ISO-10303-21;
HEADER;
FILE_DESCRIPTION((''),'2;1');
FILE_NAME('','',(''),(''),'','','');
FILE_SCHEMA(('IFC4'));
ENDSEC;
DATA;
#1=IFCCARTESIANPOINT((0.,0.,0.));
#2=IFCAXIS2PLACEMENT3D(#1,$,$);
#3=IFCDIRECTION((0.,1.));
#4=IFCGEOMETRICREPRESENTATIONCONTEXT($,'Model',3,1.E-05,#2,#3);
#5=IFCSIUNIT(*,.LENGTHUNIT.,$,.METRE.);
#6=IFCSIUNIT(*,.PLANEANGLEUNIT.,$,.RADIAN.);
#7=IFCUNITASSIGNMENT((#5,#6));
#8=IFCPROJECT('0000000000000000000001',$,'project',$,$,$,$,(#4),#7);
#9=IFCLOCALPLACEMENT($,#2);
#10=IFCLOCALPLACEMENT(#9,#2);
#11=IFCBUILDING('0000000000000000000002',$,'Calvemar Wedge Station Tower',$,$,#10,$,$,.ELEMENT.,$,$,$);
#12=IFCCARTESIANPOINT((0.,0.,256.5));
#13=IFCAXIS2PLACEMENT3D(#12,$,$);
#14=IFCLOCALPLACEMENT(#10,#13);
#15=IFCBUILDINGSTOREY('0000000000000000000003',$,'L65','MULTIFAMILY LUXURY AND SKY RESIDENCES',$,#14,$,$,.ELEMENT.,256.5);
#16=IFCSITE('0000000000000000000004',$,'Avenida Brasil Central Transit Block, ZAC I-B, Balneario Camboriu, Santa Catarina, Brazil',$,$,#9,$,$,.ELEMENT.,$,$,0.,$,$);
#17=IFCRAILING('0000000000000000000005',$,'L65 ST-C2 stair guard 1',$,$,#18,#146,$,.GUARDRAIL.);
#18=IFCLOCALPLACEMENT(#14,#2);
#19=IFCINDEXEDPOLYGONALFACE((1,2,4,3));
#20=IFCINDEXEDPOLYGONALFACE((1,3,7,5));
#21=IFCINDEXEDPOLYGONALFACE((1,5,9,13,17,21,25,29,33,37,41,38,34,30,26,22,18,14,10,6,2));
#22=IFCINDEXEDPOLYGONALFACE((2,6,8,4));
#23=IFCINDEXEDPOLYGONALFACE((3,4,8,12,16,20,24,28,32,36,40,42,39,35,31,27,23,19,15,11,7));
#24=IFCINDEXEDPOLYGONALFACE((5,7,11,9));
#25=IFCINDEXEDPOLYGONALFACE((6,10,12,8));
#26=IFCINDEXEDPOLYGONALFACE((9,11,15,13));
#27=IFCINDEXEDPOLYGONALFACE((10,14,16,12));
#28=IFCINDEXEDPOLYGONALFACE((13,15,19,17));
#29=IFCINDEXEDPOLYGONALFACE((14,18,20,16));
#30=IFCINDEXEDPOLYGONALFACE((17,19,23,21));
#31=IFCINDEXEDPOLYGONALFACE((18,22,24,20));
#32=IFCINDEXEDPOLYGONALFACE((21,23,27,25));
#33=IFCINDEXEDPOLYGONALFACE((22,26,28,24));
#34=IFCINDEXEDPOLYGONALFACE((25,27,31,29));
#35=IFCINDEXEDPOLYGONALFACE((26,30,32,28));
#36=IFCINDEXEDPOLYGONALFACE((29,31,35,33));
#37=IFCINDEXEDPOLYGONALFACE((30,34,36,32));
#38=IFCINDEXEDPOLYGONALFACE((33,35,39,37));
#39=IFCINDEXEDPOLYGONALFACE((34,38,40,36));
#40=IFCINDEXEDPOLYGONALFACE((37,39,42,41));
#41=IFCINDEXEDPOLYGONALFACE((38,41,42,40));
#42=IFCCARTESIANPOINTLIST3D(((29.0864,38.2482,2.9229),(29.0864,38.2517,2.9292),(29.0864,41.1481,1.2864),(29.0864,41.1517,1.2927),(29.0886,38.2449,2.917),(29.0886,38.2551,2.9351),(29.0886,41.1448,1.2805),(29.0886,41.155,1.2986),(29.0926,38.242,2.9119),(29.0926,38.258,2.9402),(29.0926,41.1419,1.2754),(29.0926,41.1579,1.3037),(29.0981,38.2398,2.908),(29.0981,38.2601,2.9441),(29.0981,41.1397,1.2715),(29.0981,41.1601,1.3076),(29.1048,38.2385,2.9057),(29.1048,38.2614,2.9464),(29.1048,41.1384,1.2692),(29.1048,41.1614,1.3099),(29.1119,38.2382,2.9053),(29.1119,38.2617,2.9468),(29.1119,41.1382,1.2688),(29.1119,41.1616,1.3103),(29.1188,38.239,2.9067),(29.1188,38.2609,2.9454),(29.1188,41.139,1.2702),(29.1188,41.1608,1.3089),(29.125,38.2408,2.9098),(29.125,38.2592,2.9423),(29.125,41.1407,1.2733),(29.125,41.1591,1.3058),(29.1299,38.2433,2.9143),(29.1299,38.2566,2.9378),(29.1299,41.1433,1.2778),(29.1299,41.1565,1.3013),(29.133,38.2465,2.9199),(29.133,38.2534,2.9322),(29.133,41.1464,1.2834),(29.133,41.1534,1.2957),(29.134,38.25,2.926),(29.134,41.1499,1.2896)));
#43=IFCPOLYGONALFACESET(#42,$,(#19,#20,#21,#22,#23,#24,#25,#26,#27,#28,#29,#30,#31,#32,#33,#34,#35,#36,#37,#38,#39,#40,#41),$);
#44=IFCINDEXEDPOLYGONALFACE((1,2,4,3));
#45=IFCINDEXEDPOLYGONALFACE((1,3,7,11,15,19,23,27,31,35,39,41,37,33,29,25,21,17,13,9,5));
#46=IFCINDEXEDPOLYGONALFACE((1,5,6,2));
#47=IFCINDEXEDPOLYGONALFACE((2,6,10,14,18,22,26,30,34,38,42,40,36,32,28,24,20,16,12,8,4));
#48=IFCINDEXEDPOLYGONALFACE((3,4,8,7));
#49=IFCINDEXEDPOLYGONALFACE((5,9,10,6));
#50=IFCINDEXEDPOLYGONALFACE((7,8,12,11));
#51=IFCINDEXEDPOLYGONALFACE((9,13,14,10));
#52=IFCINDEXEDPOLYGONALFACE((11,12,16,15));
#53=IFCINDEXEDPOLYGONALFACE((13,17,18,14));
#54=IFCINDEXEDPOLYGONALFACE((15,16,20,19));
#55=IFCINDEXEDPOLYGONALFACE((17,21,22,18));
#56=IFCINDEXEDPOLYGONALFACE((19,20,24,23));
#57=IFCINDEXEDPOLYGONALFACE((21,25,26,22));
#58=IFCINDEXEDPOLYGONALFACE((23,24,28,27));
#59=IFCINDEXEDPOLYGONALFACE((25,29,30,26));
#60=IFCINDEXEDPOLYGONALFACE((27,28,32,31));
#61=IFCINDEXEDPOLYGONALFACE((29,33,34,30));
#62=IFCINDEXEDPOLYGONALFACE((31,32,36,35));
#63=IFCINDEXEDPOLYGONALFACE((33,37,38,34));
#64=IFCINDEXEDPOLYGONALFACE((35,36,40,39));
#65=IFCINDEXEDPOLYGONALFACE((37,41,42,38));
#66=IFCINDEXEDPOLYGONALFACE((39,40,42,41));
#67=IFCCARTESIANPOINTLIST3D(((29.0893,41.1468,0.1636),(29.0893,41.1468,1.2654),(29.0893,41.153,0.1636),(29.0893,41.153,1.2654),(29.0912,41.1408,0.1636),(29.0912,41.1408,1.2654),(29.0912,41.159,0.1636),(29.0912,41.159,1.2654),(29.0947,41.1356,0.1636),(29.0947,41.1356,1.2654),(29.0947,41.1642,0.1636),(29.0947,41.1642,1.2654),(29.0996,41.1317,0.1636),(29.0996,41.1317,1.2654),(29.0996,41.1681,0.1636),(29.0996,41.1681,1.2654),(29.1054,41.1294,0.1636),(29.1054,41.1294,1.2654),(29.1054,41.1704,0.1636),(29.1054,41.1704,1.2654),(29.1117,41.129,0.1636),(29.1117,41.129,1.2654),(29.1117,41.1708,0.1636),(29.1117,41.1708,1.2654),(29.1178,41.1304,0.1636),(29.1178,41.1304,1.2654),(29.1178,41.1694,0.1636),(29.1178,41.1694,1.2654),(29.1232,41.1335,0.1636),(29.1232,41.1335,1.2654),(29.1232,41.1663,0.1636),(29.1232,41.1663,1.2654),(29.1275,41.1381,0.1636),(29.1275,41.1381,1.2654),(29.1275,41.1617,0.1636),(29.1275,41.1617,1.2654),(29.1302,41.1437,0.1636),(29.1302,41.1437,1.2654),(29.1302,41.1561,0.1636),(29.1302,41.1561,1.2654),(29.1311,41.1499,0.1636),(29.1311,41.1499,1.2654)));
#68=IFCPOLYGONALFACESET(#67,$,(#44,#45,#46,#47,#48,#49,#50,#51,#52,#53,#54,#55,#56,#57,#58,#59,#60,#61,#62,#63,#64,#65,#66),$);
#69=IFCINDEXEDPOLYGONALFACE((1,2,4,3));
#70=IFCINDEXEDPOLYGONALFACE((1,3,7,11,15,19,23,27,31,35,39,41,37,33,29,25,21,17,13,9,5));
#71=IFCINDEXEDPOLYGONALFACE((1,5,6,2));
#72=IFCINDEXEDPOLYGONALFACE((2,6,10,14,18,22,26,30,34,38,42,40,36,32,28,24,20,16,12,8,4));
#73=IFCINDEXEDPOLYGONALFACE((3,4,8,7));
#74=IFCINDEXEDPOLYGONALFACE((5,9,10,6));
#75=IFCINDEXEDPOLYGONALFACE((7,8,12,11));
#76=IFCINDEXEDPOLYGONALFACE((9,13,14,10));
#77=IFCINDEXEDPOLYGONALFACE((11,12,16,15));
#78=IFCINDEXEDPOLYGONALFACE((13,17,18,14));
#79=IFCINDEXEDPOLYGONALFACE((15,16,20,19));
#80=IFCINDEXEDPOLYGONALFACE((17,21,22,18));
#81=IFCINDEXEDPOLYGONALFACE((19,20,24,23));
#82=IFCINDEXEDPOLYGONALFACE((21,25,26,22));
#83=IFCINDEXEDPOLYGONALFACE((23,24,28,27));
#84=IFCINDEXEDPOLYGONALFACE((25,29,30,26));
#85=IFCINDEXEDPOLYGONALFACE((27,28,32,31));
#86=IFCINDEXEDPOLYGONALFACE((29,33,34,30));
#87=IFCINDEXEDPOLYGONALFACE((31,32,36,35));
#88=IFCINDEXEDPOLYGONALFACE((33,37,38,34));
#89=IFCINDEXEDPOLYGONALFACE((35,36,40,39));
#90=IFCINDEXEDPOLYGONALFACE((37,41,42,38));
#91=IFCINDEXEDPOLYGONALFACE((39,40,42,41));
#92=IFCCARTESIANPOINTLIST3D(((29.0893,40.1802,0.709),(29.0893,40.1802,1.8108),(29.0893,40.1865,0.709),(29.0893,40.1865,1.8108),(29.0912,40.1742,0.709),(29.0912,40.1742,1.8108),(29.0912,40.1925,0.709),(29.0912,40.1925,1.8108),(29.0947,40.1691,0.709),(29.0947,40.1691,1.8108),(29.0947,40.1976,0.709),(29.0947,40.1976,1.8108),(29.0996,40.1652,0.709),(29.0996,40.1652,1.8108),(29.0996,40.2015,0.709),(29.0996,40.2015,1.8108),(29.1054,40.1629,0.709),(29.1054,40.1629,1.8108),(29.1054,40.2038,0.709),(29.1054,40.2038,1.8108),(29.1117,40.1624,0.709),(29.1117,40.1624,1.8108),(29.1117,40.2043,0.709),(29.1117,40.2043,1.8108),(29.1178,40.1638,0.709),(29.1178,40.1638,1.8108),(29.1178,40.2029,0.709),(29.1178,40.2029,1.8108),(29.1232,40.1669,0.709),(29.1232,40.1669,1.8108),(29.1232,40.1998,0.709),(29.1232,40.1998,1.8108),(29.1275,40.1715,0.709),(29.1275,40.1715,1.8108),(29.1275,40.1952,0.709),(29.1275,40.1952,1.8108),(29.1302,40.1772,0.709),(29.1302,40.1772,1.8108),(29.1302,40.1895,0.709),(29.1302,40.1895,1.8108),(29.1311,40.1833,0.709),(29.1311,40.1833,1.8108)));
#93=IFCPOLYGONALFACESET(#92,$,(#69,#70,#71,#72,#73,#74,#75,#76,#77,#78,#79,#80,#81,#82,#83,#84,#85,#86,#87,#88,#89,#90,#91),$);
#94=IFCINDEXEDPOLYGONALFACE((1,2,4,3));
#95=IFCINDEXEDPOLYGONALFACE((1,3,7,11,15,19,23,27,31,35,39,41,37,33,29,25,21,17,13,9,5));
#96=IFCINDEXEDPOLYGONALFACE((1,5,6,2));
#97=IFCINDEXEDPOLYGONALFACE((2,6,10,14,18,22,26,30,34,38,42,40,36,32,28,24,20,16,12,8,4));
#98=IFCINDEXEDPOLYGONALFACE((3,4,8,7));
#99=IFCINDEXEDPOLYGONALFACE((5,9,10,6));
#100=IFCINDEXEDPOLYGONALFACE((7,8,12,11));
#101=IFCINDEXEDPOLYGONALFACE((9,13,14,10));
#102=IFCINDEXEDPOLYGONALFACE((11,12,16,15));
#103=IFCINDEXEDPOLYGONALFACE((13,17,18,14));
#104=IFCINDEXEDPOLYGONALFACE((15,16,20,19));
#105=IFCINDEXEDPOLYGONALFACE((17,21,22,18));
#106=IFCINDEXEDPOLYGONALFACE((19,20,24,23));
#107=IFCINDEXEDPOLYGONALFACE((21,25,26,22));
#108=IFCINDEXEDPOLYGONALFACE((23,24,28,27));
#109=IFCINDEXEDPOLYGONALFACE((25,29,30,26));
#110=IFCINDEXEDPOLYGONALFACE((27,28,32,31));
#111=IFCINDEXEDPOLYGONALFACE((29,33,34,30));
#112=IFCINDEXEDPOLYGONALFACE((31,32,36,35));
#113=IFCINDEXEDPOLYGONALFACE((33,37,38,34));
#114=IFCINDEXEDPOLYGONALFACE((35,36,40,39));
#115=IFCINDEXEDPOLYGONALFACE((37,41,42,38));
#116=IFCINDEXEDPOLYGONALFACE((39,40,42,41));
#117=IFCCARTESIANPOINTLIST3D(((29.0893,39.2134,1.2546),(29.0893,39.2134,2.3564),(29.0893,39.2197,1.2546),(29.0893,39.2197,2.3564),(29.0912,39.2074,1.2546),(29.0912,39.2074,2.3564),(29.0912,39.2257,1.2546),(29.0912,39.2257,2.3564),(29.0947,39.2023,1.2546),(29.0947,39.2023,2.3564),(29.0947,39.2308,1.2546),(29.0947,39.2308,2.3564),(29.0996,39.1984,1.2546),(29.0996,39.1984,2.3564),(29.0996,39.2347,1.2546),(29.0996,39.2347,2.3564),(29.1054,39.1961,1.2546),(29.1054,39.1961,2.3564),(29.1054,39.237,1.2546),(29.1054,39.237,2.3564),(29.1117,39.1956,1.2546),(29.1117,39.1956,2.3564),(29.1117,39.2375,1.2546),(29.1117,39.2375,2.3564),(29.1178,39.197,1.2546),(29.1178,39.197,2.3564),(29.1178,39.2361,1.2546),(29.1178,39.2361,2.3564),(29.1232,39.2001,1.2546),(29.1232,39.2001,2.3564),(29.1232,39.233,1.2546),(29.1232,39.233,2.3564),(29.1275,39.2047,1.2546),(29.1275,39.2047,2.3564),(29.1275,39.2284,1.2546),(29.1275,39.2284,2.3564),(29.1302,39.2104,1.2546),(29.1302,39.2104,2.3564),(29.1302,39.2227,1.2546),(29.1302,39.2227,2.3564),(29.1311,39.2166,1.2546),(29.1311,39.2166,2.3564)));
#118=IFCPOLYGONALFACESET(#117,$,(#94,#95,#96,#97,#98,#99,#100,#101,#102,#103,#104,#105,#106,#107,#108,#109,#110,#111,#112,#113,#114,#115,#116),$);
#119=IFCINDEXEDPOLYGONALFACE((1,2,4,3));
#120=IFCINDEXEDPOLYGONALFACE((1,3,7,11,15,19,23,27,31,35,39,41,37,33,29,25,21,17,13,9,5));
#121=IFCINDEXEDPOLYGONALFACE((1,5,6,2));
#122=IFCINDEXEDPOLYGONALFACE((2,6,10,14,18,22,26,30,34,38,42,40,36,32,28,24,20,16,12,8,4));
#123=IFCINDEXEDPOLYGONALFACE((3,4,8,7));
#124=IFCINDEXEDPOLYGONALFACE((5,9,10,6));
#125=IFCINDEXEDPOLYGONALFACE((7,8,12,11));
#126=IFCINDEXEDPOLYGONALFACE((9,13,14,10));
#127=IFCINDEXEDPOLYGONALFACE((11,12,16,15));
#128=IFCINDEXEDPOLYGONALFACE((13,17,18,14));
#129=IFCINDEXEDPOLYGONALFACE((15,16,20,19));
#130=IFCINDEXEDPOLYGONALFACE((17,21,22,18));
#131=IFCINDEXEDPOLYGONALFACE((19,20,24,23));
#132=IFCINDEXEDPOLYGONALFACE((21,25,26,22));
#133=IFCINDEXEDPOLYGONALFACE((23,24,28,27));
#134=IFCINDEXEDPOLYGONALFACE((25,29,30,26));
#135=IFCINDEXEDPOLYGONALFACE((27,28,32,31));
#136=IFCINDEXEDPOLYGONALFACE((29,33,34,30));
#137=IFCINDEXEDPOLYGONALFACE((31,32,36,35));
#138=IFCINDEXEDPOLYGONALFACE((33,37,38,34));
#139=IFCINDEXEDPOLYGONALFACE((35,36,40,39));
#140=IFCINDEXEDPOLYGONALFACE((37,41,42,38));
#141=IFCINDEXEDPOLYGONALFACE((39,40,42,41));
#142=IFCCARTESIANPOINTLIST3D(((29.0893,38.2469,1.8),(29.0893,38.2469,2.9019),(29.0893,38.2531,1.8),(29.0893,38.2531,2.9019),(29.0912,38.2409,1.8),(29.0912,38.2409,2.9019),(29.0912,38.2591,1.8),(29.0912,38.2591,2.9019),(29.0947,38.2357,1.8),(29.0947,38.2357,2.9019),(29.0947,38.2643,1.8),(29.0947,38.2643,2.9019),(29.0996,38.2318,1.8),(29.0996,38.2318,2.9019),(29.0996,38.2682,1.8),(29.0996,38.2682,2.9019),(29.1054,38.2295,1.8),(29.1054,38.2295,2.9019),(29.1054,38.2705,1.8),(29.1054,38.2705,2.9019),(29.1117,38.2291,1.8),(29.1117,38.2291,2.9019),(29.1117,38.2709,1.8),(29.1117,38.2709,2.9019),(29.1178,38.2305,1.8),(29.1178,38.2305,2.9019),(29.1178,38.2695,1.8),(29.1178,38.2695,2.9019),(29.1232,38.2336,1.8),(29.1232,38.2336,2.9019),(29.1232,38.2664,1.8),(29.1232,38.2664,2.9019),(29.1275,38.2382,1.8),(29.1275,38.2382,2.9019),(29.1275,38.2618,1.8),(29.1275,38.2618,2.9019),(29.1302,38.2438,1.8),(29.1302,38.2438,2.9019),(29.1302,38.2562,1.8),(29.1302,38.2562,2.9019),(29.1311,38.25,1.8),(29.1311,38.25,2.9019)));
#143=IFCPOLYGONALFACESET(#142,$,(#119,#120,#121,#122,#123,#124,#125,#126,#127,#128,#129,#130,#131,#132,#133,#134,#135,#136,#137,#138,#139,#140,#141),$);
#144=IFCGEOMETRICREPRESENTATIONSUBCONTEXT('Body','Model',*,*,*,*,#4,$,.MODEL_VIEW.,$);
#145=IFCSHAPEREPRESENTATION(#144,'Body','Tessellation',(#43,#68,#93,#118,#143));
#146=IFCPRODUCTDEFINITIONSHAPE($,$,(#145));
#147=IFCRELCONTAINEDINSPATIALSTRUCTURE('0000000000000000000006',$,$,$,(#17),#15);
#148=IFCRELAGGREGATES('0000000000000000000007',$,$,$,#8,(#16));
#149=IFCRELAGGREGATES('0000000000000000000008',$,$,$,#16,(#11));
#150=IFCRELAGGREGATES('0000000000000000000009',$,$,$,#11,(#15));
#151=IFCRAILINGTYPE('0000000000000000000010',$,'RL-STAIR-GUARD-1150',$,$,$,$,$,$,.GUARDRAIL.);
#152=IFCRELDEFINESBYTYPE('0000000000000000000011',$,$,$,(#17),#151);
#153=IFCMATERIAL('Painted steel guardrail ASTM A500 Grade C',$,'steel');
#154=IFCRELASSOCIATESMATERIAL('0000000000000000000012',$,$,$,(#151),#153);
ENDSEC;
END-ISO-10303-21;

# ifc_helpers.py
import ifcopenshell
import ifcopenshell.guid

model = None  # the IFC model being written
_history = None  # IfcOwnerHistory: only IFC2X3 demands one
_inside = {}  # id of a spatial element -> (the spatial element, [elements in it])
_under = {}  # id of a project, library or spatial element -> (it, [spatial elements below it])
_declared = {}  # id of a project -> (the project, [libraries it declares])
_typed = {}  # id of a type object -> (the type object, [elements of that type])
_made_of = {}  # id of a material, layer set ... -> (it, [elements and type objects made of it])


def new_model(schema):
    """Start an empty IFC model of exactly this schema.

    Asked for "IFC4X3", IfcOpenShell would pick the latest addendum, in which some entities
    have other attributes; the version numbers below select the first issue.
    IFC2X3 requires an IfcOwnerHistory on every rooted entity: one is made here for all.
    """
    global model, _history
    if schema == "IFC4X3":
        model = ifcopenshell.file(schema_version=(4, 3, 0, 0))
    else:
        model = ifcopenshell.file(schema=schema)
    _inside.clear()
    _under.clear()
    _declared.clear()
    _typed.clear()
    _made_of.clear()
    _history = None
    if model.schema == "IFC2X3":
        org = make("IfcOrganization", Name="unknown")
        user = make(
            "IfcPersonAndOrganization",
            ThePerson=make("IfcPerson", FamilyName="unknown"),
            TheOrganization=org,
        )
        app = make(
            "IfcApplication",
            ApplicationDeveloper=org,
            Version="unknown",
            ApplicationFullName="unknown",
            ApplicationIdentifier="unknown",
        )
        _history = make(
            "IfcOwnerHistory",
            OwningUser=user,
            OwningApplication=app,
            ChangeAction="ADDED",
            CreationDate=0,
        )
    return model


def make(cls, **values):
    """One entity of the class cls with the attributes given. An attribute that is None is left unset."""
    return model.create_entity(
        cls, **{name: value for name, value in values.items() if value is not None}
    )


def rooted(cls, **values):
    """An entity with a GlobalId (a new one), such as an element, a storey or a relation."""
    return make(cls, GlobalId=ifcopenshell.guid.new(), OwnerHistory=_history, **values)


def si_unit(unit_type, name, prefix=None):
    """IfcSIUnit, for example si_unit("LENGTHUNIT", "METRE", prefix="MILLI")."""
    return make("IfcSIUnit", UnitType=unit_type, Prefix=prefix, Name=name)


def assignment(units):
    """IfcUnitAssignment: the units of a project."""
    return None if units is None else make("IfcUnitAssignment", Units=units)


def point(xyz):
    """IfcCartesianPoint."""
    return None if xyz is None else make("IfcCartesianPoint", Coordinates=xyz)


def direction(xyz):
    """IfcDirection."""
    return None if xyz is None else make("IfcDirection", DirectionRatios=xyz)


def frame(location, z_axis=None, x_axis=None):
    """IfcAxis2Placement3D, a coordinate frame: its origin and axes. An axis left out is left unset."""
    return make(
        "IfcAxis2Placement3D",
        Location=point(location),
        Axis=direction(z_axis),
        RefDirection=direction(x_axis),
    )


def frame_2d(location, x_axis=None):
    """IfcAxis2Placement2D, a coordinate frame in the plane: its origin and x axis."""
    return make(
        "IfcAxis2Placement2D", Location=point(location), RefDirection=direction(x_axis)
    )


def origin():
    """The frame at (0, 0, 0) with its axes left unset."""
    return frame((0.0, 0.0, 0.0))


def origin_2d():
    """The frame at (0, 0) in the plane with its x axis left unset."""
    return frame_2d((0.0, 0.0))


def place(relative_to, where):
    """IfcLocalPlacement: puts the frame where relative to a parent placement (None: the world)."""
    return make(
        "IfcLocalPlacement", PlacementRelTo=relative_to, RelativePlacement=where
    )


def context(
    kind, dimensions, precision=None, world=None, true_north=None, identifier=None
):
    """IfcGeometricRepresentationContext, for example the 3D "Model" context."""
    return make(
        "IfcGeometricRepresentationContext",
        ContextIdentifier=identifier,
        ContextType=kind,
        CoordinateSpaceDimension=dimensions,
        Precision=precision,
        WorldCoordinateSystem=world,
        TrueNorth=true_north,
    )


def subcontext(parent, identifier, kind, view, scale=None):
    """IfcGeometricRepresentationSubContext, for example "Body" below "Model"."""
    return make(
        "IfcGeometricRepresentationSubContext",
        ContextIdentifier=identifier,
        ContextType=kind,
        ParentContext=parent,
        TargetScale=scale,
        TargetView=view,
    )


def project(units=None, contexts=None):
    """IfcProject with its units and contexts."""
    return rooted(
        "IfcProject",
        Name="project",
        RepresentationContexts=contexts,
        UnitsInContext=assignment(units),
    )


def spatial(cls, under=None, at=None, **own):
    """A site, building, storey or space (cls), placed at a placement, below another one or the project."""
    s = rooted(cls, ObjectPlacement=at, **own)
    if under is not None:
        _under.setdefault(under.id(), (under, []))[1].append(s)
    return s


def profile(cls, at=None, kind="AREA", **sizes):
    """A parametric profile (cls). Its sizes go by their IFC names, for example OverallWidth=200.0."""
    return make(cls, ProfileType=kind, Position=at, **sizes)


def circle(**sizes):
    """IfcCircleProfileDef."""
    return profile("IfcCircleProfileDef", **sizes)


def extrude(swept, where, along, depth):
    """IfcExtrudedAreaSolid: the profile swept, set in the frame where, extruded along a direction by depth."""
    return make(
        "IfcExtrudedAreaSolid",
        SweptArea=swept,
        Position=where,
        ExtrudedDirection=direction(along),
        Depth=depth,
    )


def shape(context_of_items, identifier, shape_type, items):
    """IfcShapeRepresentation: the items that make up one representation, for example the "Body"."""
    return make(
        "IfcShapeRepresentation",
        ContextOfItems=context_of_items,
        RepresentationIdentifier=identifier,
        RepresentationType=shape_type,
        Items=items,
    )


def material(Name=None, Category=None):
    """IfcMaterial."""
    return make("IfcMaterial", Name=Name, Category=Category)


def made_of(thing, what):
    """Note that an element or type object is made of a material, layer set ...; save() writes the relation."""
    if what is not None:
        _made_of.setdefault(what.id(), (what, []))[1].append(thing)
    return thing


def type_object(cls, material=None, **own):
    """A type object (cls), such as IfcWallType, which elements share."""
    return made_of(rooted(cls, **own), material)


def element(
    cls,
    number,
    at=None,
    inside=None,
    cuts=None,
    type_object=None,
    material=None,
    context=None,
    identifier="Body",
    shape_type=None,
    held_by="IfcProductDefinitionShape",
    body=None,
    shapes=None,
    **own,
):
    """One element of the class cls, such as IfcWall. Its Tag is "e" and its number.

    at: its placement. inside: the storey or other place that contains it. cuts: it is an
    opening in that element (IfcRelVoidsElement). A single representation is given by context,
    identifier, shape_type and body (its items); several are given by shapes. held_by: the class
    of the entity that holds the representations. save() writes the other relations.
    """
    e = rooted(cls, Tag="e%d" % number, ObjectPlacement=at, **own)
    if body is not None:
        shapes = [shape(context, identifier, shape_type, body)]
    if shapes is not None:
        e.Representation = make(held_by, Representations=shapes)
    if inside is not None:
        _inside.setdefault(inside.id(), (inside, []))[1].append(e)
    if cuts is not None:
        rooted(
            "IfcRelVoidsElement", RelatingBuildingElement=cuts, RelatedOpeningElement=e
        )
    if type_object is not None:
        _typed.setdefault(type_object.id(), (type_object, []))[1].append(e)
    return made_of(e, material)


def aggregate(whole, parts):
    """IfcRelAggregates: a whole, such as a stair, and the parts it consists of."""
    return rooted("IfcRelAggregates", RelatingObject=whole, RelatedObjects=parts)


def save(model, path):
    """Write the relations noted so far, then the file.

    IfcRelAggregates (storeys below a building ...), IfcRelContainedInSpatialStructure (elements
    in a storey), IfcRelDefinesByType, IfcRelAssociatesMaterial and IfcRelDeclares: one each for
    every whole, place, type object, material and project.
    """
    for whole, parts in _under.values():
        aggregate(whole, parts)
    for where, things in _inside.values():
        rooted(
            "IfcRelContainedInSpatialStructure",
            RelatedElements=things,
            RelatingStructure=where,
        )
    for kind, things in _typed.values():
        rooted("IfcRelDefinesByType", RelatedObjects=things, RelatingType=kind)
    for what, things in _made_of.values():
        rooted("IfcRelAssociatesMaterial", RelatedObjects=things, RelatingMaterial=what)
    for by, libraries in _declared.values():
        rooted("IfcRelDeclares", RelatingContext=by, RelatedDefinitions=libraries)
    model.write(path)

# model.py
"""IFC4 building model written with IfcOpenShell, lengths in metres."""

from ifc_helpers import new_model, si_unit, direction, frame, origin, origin_2d, place, context, subcontext, project, spatial, circle, extrude, material, type_object, element, save


model = new_model("IFC4")

# Units and contexts
model_context = context("Model", 3, precision=1e-05, world=origin(), true_north=direction((0.0, 1.0)))
body_context = subcontext(model_context, "Body", "Model", "MODEL_VIEW")
ifc_project = project(units=[si_unit("LENGTHUNIT", "METRE"), si_unit("PLANEANGLEUNIT", "RADIAN")], contexts=[model_context])

# Site, building, storey
site_placement = place(None, origin())
site = spatial("IfcSite", under=ifc_project, at=site_placement, Name="Avenida Brasil Central Transit Block, ZAC I-B, Balneario Camboriu, Santa Catarina, Brazil", CompositionType="ELEMENT", RefElevation=0.0)
building_placement = place(site_placement, origin())
building = spatial("IfcBuilding", under=site, at=building_placement, Name="Calvemar Wedge Station Tower", CompositionType="ELEMENT")
storey_placement = place(building_placement, frame((0.0, 0.0, 256.5)))
storey = spatial("IfcBuildingStorey", under=building, at=storey_placement, Name="L65", Description="MULTIFAMILY LUXURY AND SKY RESIDENCES", CompositionType="ELEMENT", Elevation=256.5)

# Railing
ifc_material_1 = material(Name="Painted steel guardrail ASTM A500 Grade C", Category="steel")
railing_type_1 = type_object("IfcRailingType", Name="RL-STAIR-GUARD-1150", PredefinedType="GUARDRAIL", material=ifc_material_1)
railing_1_placement = place(storey_placement, frame((29.1101, 41.1499, 0.1636)))
element("IfcRailing", 1, at=railing_1_placement, inside=storey, type_object=railing_type_1, Name="L65 ST-C2 stair guard 1", PredefinedType="GUARDRAIL", context=body_context, shape_type="SweptSolid", body=[
    extrude(circle(Radius=0.0239, at=origin_2d()), frame((0.0, 0.0, 1.126), z_axis=(0.0, -0.870897, 0.491465), x_axis=(1.0, 0.0, 0.0)), (0.0, 0.0, 1.0), 3.3298),
    extrude(circle(Radius=0.021, at=origin_2d()), origin(), (0.0, 0.0, 1.0), 1.1018),
    extrude(circle(Radius=0.021, at=origin_2d()), frame((0.0, -0.9666, 0.5454)), (0.0, 0.0, 1.0), 1.1018),
    extrude(circle(Radius=0.021, at=origin_2d()), frame((0.0, -1.9333, 1.0911)), (0.0, 0.0, 1.0), 1.1018),
    extrude(circle(Radius=0.021, at=origin_2d()), frame((0.0, -2.8999, 1.6365)), (0.0, 0.0, 1.0), 1.1018),
])

save(model, "model.ifc")
